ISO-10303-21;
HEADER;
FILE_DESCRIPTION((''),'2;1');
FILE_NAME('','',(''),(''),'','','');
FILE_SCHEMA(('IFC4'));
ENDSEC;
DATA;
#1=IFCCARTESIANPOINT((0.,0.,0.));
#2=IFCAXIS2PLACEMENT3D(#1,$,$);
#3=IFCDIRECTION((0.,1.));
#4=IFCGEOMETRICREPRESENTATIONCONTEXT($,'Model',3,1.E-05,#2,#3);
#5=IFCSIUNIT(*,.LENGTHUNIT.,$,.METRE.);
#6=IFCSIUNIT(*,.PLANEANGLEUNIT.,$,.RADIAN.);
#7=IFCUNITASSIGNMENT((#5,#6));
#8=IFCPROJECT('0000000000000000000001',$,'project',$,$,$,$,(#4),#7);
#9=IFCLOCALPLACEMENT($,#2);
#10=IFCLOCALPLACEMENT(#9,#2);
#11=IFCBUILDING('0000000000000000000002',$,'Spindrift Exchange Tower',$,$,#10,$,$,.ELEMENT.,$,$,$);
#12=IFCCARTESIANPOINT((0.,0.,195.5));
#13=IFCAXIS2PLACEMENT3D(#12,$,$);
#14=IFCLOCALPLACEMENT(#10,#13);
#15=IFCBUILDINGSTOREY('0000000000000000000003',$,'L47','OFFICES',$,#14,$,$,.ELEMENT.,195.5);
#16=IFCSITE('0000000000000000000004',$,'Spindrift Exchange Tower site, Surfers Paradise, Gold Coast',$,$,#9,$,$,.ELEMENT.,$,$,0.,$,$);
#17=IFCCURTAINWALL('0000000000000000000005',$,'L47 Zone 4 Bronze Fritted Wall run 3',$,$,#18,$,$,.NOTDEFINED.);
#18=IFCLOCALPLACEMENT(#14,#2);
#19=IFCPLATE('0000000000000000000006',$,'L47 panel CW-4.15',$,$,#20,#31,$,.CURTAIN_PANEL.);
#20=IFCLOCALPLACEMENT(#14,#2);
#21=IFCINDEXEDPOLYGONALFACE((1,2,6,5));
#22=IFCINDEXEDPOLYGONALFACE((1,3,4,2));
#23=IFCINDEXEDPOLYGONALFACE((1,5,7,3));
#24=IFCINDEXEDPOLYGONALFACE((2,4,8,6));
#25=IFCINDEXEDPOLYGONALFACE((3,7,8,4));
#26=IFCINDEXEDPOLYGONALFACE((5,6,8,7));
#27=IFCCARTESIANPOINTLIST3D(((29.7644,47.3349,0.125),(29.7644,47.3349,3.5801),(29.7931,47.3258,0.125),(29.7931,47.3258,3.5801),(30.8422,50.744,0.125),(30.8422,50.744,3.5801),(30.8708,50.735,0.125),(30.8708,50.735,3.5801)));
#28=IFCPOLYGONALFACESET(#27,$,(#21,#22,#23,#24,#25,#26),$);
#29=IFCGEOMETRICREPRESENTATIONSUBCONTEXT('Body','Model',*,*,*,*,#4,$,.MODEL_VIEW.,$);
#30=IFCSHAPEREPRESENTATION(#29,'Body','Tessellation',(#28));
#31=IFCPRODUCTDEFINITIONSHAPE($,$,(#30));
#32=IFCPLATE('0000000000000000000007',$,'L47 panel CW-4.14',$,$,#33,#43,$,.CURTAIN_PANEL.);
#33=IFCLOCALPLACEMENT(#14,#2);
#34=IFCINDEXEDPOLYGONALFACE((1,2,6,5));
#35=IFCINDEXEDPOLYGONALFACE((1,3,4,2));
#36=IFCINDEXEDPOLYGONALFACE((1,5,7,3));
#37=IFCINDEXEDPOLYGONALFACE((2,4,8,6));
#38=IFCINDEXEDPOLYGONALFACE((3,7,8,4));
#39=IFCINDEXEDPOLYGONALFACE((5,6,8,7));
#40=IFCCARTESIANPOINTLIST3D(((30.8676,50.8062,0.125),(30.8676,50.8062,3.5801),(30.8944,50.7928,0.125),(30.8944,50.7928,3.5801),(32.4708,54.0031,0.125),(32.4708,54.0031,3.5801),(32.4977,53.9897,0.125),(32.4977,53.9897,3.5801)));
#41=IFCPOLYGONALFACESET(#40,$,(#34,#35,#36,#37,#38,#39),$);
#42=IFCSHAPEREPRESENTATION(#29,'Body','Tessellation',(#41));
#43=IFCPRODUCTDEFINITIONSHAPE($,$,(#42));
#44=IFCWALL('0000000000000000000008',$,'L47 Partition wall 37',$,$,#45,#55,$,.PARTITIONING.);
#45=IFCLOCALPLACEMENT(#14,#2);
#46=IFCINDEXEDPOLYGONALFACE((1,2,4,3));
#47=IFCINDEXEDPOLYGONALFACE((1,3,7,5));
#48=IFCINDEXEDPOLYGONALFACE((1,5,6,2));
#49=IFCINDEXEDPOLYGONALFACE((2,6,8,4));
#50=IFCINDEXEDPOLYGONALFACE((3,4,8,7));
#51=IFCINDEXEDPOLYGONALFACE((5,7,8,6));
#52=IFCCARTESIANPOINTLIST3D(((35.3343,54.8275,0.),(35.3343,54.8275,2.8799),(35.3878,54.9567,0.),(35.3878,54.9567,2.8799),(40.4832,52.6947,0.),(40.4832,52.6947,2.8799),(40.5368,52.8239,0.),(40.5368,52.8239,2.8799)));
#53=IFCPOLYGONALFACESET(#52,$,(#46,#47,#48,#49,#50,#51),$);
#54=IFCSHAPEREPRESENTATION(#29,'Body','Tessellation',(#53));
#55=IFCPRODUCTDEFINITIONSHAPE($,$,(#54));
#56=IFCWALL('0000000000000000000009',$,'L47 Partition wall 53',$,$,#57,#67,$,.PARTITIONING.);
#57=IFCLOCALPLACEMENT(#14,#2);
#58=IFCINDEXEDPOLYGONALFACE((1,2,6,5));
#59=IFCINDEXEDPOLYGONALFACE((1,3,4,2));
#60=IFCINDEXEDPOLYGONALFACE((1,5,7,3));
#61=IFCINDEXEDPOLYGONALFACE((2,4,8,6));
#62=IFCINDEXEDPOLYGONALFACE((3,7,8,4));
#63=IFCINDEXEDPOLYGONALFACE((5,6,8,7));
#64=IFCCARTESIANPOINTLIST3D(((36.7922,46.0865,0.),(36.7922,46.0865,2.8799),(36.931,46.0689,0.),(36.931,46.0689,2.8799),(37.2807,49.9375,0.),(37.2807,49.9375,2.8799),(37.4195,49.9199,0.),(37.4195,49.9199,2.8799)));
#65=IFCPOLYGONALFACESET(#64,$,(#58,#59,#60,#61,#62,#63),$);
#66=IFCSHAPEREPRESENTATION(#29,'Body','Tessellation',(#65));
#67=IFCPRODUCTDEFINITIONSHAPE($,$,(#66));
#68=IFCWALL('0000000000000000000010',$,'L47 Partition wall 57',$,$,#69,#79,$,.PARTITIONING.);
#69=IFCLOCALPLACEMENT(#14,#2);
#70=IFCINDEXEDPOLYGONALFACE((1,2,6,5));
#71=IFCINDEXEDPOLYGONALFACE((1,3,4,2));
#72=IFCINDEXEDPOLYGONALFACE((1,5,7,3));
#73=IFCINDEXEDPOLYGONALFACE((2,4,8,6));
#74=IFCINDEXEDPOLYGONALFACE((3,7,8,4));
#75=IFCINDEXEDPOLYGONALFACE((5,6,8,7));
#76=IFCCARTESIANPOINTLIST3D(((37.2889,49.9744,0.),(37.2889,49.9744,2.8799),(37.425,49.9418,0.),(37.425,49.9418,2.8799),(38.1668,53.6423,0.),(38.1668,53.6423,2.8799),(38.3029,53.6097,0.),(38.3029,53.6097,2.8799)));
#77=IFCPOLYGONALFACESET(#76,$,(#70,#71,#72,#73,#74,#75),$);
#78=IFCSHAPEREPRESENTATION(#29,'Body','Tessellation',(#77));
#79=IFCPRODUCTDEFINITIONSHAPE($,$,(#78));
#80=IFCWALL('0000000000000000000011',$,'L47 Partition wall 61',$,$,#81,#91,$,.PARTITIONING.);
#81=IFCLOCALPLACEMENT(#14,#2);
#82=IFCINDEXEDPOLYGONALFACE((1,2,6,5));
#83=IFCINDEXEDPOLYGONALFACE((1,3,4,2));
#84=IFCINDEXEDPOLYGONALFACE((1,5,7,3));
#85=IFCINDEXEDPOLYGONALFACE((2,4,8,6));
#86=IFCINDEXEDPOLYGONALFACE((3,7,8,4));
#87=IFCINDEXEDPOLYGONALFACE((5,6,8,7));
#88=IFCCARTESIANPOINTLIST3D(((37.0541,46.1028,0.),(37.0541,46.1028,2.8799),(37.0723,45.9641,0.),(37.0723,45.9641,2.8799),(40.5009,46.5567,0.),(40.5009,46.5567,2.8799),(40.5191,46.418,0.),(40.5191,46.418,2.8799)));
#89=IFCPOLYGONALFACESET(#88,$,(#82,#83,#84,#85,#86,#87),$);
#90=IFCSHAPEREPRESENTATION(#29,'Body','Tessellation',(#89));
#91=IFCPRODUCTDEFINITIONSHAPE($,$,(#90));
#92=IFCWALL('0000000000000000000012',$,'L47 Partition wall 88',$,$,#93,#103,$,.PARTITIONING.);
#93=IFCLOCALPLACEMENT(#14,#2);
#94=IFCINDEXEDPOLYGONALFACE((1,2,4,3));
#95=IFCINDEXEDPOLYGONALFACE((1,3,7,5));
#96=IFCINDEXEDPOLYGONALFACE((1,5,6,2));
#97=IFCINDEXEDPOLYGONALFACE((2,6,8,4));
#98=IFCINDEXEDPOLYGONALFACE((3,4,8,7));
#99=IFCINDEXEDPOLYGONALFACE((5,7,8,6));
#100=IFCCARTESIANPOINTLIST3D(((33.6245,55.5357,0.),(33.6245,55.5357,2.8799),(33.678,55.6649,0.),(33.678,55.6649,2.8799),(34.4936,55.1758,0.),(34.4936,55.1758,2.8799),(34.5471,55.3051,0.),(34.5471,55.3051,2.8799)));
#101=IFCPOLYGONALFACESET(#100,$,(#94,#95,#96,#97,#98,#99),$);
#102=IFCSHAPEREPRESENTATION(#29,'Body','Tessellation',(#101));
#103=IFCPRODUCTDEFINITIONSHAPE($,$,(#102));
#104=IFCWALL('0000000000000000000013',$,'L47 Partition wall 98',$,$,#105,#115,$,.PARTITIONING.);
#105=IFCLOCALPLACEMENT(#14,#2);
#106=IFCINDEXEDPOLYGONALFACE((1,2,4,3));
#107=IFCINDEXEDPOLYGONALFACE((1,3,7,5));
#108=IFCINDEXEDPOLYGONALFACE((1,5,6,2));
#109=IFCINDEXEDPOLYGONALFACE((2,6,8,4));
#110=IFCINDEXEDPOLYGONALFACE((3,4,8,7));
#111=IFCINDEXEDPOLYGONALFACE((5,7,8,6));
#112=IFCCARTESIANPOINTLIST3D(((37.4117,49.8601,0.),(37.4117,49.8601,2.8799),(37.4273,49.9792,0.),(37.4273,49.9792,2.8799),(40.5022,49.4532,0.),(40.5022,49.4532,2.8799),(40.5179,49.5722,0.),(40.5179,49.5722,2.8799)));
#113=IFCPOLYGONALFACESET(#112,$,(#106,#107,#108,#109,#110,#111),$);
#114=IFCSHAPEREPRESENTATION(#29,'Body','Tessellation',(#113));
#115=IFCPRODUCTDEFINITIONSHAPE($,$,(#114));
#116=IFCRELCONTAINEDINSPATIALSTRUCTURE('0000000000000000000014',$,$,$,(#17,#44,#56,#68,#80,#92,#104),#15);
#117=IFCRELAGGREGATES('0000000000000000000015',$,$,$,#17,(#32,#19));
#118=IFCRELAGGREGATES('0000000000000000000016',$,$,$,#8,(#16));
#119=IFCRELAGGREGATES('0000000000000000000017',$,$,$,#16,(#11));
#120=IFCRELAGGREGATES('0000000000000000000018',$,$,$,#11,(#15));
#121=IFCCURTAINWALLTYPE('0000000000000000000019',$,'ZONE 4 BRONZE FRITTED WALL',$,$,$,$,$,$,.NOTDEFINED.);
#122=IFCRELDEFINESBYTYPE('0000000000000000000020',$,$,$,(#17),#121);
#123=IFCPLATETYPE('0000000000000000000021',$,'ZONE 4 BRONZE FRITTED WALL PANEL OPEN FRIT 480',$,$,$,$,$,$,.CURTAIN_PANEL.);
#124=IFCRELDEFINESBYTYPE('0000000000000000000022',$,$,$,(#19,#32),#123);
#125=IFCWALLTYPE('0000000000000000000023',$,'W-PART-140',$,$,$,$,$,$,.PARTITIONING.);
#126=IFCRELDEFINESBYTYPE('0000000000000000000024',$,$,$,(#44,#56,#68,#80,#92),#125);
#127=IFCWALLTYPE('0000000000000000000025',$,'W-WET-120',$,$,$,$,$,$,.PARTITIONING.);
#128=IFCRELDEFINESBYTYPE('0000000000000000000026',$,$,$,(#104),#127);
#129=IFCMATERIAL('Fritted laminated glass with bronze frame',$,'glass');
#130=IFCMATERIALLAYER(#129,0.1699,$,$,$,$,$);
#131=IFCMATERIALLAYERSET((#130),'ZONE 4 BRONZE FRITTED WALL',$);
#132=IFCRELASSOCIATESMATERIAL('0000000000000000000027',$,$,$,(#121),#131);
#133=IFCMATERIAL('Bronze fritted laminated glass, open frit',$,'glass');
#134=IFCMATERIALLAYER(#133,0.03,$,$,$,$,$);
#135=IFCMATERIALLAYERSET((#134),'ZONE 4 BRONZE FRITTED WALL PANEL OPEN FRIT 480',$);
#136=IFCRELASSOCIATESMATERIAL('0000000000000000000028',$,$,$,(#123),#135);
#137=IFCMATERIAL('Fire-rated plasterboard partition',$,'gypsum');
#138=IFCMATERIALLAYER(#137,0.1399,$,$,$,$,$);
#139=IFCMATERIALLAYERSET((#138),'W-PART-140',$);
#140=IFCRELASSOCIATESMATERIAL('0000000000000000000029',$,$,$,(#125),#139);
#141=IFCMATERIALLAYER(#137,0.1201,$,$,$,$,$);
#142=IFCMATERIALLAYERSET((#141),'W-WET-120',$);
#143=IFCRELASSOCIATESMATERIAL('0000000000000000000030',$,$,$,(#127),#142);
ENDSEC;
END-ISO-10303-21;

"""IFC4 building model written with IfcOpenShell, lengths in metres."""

from ifc_helpers import new_model, si_unit, direction, frame, frame_2d, origin, origin_2d, place, context, subcontext, project, spatial, rectangle, extrude, source, transform, mapped, material, layer, layer_set, type_object, element, aggregate, save


model = new_model("IFC4")

# Units and contexts
model_context = context("Model", 3, precision=1e-05, world=origin(), true_north=direction((0.0, 1.0)))
body_context = subcontext(model_context, "Body", "Model", "MODEL_VIEW")
ifc_project = project(units=[si_unit("LENGTHUNIT", "METRE"), si_unit("PLANEANGLEUNIT", "RADIAN")], contexts=[model_context])

# Site, building, storey
site_placement = place(None, origin())
site = spatial("IfcSite", under=ifc_project, at=site_placement, Name="Spindrift Exchange Tower site, Surfers Paradise, Gold Coast", CompositionType="ELEMENT", RefElevation=0.0)
building_placement = place(site_placement, origin())
building = spatial("IfcBuilding", under=site, at=building_placement, Name="Spindrift Exchange Tower", CompositionType="ELEMENT")
storey_placement = place(building_placement, frame((0.0, 0.0, 195.5)))
storey = spatial("IfcBuildingStorey", under=building, at=storey_placement, Name="L47", Description="OFFICES", CompositionType="ELEMENT", Elevation=195.5)

# Curtain wall, plates
ifc_material_1 = material(Name="Fritted laminated glass with bronze frame", Category="glass")
ifc_layer_1 = layer(ifc_material_1, 0.1699)
ifc_layer_set_1 = layer_set([ifc_layer_1], Name="ZONE 4 BRONZE FRITTED WALL")
curtain_wall_type = type_object("IfcCurtainWallType", Name="ZONE 4 BRONZE FRITTED WALL", PredefinedType="NOTDEFINED", material=ifc_layer_set_1)
curtain_wall_placement = place(storey_placement, origin())
curtain_wall = element("IfcCurtainWall", 1, at=curtain_wall_placement, inside=storey, type_object=curtain_wall_type, Name="L47 Zone 4 Bronze Fritted Wall run 3", PredefinedType="NOTDEFINED")
ifc_material_2 = material(Name="Bronze fritted laminated glass, open frit", Category="glass")
ifc_layer_2 = layer(ifc_material_2, 0.03)
ifc_layer_set_2 = layer_set([ifc_layer_2], Name="ZONE 4 BRONZE FRITTED WALL PANEL OPEN FRIT 480")
plate_type = type_object("IfcPlateType", Name="ZONE 4 BRONZE FRITTED WALL PANEL OPEN FRIT 480", PredefinedType="CURTAIN_PANEL", material=ifc_layer_set_2)
shared_shape_1 = source(origin(), body_context, "Body", "SweptSolid", [
    extrude(rectangle(XDim=3.5754, YDim=0.03, at=origin_2d()), origin(), (0.0, 0.0, 1.0), 3.4551),
])
plate_1_placement = place(storey_placement, frame((30.3176, 49.0349, 0.125), z_axis=(0.0, 0.0, 1.0), x_axis=(-0.30144, -0.953485, 0.0)))
plate_1 = element("IfcPlate", 2, at=plate_1_placement, type_object=plate_type, Name="L47 panel CW-4.15", PredefinedType="CURTAIN_PANEL", context=body_context, shape_type="MappedRepresentation", body=[
    mapped(shared_shape_1, transform((0.0, 0.0, 0.0), scale=1.0)),
])
shared_shape_2 = source(origin(), body_context, "Body", "SweptSolid", [
    extrude(rectangle(XDim=3.5764, YDim=0.03, at=origin_2d()), origin(), (0.0, 0.0, 1.0), 3.4551),
])
plate_2_placement = place(storey_placement, frame((31.6826, 52.3979, 0.125), z_axis=(0.0, 0.0, 1.0), x_axis=(-0.448279, -0.893894, 0.0)))
plate_2 = element("IfcPlate", 3, at=plate_2_placement, type_object=plate_type, Name="L47 panel CW-4.14", PredefinedType="CURTAIN_PANEL", context=body_context, shape_type="MappedRepresentation", body=[
    mapped(shared_shape_2, transform((0.0, 0.0, 0.0), scale=1.0)),
])
aggregate(curtain_wall, [plate_2, plate_1])

# Walls
ifc_material_3 = material(Name="Fire-rated plasterboard partition", Category="gypsum")
ifc_layer_3 = layer(ifc_material_3, 0.1399)
ifc_layer_set_3 = layer_set([ifc_layer_3], Name="W-PART-140")
wall_type_1 = type_object("IfcWallType", Name="W-PART-140", PredefinedType="PARTITIONING", material=ifc_layer_set_3)
wall_1_placement = place(storey_placement, frame((40.51, 52.7593, 0.0), z_axis=(0.0, 0.0, 1.0), x_axis=(-0.923876, 0.382692, 0.0)))
element("IfcWall", 4, at=wall_1_placement, inside=storey, type_object=wall_type_1, Name="L47 Partition wall 37", PredefinedType="PARTITIONING", context=body_context, shape_type="SweptSolid", body=[
    extrude(rectangle(XDim=5.5732, YDim=0.1399, at=frame_2d((2.7866, 0.0))), origin(), (0.0, 0.0, 1.0), 2.8799),
])
wall_2_placement = place(storey_placement, frame((37.3501, 49.9287, 0.0), z_axis=(0.0, 0.0, 1.0), x_axis=(-0.125846, -0.99205, 0.0)))
element("IfcWall", 5, at=wall_2_placement, inside=storey, type_object=wall_type_1, Name="L47 Partition wall 53", PredefinedType="PARTITIONING", context=body_context, shape_type="SweptSolid", body=[
    extrude(rectangle(XDim=3.8818, YDim=0.1399, at=frame_2d((1.9409, 0.0))), origin(), (0.0, 0.0, 1.0), 2.8799),
])
wall_3_placement = place(storey_placement, frame((38.2349, 53.626, 0.0), z_axis=(0.0, 0.0, 1.0), x_axis=(-0.232776, -0.97253, 0.0)))
element("IfcWall", 6, at=wall_3_placement, inside=storey, type_object=wall_type_1, Name="L47 Partition wall 57", PredefinedType="PARTITIONING", context=body_context, shape_type="SweptSolid", body=[
    extrude(rectangle(XDim=3.7715, YDim=0.1399, at=frame_2d((1.8857, 0.0))), origin(), (0.0, 0.0, 1.0), 2.8799),
])
wall_4_placement = place(storey_placement, frame((40.51, 46.4873, 0.0), z_axis=(0.0, 0.0, 1.0), x_axis=(-0.991442, -0.130549, 0.0)))
element("IfcWall", 7, at=wall_4_placement, inside=storey, type_object=wall_type_1, Name="L47 Partition wall 61", PredefinedType="PARTITIONING", context=body_context, shape_type="SweptSolid", body=[
    extrude(rectangle(XDim=3.4766, YDim=0.1399, at=frame_2d((1.7383, 0.0))), origin(), (0.0, 0.0, 1.0), 2.8799),
])
wall_5_placement = place(storey_placement, frame((34.5203, 55.2405, 0.0), z_axis=(0.0, 0.0, 1.0), x_axis=(-0.923935, 0.38255, 0.0)))
element("IfcWall", 8, at=wall_5_placement, inside=storey, type_object=wall_type_1, Name="L47 Partition wall 88", PredefinedType="PARTITIONING", context=body_context, shape_type="SweptSolid", body=[
    extrude(rectangle(XDim=0.9407, YDim=0.1399, at=frame_2d((0.4702, 0.0))), origin(), (0.0, 0.0, 1.0), 2.8799),
])
ifc_layer_4 = layer(ifc_material_3, 0.1201)
ifc_layer_set_4 = layer_set([ifc_layer_4], Name="W-WET-120")
wall_type_2 = type_object("IfcWallType", Name="W-WET-120", PredefinedType="PARTITIONING", material=ifc_layer_set_4)
wall_6_placement = place(storey_placement, frame((40.51, 49.5127, 0.0), z_axis=(0.0, 0.0, 1.0), x_axis=(-0.991441, 0.130558, 0.0)))
element("IfcWall", 9, at=wall_6_placement, inside=storey, type_object=wall_type_2, Name="L47 Partition wall 98", PredefinedType="PARTITIONING", context=body_context, shape_type="SweptSolid", body=[
    extrude(rectangle(XDim=3.1172, YDim=0.1201, at=frame_2d((1.5586, 0.0))), origin(), (0.0, 0.0, 1.0), 2.8799),
])

save(model, "model.ifc")
